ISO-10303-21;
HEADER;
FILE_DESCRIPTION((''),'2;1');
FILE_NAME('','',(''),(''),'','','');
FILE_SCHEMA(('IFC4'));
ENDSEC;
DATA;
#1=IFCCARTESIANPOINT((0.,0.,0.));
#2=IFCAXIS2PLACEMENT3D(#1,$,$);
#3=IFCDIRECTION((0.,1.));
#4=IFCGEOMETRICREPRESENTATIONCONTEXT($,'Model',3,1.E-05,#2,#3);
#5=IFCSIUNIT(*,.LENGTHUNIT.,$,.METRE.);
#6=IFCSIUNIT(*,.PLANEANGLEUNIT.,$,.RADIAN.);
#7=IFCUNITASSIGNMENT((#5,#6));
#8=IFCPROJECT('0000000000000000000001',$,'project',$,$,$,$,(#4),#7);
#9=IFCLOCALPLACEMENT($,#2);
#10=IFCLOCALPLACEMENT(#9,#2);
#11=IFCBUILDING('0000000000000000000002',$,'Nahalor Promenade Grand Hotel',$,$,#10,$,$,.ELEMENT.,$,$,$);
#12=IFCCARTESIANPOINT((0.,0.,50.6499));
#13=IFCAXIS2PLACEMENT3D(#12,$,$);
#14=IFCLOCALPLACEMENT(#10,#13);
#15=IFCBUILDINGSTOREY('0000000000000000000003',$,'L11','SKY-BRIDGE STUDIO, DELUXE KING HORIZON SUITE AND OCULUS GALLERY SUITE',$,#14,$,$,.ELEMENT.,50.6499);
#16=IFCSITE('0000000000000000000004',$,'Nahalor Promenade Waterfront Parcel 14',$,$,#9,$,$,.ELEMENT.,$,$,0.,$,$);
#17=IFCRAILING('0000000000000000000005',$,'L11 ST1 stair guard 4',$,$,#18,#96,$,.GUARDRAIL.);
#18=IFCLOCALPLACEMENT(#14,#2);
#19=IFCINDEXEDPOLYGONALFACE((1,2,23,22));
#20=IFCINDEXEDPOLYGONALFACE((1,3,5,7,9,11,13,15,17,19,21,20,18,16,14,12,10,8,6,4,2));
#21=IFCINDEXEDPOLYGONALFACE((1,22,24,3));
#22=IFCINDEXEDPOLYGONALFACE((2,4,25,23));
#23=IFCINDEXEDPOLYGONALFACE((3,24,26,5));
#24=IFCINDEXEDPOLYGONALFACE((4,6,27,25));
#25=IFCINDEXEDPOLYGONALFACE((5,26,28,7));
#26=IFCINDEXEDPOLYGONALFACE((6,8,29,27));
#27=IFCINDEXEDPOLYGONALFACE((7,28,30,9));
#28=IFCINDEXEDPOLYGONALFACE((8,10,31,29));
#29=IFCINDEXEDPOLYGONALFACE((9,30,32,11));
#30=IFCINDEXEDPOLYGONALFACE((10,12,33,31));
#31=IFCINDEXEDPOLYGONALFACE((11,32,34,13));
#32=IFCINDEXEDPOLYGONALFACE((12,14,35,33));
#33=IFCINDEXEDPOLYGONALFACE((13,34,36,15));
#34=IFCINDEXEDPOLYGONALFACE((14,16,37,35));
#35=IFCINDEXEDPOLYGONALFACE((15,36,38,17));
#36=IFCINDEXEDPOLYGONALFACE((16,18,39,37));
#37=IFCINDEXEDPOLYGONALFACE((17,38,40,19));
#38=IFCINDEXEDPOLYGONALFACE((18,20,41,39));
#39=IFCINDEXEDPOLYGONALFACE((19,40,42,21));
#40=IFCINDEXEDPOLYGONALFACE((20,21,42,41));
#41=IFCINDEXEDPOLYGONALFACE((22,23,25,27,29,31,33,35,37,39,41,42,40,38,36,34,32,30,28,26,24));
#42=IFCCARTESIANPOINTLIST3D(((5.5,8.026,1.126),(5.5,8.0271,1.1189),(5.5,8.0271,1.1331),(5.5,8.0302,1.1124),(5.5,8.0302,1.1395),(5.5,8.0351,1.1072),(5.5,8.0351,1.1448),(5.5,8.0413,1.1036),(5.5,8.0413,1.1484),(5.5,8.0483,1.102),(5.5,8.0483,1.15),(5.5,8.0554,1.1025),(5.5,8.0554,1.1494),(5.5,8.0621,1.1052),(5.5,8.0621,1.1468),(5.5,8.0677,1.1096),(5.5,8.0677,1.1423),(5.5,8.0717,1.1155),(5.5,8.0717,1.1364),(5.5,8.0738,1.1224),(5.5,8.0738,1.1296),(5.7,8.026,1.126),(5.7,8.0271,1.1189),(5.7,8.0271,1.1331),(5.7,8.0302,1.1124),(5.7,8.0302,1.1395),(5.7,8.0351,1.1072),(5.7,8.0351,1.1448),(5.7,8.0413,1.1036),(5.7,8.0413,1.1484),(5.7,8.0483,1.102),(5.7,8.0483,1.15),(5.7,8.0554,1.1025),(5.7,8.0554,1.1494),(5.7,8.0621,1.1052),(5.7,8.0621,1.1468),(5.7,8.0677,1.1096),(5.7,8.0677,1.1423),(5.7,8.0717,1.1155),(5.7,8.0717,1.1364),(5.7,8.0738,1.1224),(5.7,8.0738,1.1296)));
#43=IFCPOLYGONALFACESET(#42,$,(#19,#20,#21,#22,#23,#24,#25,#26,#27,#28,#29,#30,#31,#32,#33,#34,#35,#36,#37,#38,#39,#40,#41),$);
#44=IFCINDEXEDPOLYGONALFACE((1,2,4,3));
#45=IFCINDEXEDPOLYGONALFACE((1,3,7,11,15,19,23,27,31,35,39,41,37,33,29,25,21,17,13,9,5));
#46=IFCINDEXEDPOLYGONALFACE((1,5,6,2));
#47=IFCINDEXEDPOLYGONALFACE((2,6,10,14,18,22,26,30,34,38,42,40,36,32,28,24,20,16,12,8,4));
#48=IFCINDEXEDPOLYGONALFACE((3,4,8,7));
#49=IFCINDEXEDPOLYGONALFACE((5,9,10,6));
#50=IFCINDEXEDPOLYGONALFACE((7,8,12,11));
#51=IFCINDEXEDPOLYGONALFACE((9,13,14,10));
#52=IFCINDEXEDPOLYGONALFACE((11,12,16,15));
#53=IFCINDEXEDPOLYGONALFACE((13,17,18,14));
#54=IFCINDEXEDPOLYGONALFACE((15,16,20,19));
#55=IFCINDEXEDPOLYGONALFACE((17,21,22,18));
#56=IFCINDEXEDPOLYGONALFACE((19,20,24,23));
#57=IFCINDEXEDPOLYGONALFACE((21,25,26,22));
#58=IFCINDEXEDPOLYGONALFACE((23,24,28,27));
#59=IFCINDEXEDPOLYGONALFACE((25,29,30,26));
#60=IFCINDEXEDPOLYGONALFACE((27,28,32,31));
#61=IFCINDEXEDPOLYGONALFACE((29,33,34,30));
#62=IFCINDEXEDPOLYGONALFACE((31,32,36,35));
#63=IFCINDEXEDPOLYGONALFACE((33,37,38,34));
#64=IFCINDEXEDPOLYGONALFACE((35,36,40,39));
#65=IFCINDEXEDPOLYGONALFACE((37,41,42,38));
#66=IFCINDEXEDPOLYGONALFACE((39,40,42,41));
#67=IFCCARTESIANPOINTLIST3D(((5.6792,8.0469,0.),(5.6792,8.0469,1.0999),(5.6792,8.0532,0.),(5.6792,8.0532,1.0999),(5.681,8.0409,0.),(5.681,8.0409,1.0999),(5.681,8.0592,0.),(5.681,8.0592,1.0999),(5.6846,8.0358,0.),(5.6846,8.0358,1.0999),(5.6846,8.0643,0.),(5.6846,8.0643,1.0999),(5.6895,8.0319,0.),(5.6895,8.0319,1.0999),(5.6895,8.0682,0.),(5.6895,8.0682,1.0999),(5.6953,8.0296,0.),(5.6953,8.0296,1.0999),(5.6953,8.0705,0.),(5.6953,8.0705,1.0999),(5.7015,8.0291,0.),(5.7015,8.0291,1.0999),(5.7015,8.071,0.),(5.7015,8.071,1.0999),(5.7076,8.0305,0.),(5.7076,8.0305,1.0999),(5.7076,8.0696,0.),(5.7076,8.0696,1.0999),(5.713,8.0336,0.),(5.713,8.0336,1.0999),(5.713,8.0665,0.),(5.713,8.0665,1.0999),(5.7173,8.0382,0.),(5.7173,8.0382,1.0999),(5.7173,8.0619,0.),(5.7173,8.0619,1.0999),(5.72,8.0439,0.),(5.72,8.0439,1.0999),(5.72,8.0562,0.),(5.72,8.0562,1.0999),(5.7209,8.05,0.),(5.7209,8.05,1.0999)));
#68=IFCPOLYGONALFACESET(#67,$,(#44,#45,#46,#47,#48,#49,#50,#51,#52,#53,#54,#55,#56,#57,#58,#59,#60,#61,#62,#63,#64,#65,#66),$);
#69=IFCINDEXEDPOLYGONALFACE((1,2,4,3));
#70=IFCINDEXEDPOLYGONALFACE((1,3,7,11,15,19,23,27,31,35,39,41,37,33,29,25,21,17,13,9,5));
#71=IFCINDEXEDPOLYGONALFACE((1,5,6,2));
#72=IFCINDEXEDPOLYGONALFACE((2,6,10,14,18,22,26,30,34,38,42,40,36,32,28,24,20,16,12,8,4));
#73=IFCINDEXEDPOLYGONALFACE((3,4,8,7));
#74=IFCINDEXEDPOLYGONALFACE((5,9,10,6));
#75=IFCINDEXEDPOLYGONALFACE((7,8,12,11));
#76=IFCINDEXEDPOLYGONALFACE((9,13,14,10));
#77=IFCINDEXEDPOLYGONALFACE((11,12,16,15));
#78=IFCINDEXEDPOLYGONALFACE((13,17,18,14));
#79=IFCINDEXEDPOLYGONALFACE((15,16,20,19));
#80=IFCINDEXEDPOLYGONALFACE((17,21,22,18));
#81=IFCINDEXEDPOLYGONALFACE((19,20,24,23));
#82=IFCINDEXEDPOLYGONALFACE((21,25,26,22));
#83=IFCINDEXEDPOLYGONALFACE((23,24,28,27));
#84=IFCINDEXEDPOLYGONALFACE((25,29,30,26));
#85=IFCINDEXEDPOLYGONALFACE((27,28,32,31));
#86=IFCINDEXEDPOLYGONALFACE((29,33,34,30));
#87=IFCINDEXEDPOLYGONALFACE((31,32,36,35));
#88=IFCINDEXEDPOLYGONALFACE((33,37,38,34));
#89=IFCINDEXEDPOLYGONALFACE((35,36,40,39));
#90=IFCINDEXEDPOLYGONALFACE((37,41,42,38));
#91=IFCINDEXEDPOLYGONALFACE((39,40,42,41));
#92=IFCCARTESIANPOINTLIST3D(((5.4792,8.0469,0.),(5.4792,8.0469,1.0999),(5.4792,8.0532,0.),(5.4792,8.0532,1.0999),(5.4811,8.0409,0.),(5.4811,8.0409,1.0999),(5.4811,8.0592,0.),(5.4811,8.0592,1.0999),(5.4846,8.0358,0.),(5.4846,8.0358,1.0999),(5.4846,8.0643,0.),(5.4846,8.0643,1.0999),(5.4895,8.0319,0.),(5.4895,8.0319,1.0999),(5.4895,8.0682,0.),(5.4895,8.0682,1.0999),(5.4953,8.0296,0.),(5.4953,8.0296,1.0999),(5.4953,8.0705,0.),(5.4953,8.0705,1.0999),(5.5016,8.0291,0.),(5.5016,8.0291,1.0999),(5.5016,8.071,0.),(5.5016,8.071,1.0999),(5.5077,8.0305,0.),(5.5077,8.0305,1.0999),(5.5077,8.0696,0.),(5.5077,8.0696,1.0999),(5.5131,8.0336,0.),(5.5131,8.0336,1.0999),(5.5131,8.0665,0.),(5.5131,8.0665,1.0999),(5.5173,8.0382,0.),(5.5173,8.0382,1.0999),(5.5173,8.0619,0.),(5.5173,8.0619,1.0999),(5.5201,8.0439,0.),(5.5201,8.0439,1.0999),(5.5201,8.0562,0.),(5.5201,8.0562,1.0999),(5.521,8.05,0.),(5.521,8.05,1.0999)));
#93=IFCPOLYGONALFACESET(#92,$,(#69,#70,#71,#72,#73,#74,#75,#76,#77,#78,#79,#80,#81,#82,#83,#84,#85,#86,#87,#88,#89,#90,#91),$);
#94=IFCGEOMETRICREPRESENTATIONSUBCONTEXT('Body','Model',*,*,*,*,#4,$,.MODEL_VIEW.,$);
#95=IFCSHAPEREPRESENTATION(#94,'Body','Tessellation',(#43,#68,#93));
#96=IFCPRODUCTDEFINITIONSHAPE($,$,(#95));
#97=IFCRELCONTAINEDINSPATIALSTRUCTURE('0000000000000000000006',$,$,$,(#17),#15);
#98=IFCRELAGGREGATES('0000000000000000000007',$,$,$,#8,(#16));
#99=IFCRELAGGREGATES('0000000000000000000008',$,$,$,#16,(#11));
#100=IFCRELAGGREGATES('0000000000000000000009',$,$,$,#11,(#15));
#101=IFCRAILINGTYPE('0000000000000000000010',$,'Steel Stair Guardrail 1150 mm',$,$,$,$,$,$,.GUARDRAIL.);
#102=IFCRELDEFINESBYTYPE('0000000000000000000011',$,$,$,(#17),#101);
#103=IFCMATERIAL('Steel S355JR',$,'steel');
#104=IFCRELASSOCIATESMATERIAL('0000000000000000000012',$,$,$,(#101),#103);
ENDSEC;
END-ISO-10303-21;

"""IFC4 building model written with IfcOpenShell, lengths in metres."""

from ifc_helpers import new_model, si_unit, direction, frame, origin, origin_2d, place, context, subcontext, project, spatial, circle, extrude, material, type_object, element, save


model = new_model("IFC4")

# Units and contexts
model_context = context("Model", 3, precision=1e-05, world=origin(), true_north=direction((0.0, 1.0)))
body_context = subcontext(model_context, "Body", "Model", "MODEL_VIEW")
ifc_project = project(units=[si_unit("LENGTHUNIT", "METRE"), si_unit("PLANEANGLEUNIT", "RADIAN")], contexts=[model_context])

# Site, building, storey
site_placement = place(None, origin())
site = spatial("IfcSite", under=ifc_project, at=site_placement, Name="Nahalor Promenade Waterfront Parcel 14", CompositionType="ELEMENT", RefElevation=0.0)
building_placement = place(site_placement, origin())
building = spatial("IfcBuilding", under=site, at=building_placement, Name="Nahalor Promenade Grand Hotel", CompositionType="ELEMENT")
storey_placement = place(building_placement, frame((0.0, 0.0, 50.6499)))
storey = spatial("IfcBuildingStorey", under=building, at=storey_placement, Name="L11", Description="SKY-BRIDGE STUDIO, DELUXE KING HORIZON SUITE AND OCULUS GALLERY SUITE", CompositionType="ELEMENT", Elevation=50.6499)

# Shared definitions
ifc_material_1 = material(Name="Steel S355JR", Category="steel")

# Railing
railing_type_1 = type_object("IfcRailingType", Name="Steel Stair Guardrail 1150 mm", PredefinedType="GUARDRAIL", material=ifc_material_1)
railing_1_placement = place(storey_placement, frame((5.7, 8.05, 0.0)))
element("IfcRailing", 1, at=railing_1_placement, inside=storey, type_object=railing_type_1, Name="L11 ST1 stair guard 4", PredefinedType="GUARDRAIL", context=body_context, shape_type="SweptSolid", body=[
    extrude(circle(Radius=0.024, at=origin_2d()), frame((0.0, 0.0, 1.126), z_axis=(-1.0, 0.0, 0.0), x_axis=(0.0, -1.0, 0.0)), (0.0, 0.0, 1.0), 0.2),
    extrude(circle(Radius=0.021, at=origin_2d()), origin(), (0.0, 0.0, 1.0), 1.0999),
    extrude(circle(Radius=0.021, at=origin_2d()), frame((-0.2, 0.0, 0.0)), (0.0, 0.0, 1.0), 1.0999),
])

save(model, "model.ifc")
